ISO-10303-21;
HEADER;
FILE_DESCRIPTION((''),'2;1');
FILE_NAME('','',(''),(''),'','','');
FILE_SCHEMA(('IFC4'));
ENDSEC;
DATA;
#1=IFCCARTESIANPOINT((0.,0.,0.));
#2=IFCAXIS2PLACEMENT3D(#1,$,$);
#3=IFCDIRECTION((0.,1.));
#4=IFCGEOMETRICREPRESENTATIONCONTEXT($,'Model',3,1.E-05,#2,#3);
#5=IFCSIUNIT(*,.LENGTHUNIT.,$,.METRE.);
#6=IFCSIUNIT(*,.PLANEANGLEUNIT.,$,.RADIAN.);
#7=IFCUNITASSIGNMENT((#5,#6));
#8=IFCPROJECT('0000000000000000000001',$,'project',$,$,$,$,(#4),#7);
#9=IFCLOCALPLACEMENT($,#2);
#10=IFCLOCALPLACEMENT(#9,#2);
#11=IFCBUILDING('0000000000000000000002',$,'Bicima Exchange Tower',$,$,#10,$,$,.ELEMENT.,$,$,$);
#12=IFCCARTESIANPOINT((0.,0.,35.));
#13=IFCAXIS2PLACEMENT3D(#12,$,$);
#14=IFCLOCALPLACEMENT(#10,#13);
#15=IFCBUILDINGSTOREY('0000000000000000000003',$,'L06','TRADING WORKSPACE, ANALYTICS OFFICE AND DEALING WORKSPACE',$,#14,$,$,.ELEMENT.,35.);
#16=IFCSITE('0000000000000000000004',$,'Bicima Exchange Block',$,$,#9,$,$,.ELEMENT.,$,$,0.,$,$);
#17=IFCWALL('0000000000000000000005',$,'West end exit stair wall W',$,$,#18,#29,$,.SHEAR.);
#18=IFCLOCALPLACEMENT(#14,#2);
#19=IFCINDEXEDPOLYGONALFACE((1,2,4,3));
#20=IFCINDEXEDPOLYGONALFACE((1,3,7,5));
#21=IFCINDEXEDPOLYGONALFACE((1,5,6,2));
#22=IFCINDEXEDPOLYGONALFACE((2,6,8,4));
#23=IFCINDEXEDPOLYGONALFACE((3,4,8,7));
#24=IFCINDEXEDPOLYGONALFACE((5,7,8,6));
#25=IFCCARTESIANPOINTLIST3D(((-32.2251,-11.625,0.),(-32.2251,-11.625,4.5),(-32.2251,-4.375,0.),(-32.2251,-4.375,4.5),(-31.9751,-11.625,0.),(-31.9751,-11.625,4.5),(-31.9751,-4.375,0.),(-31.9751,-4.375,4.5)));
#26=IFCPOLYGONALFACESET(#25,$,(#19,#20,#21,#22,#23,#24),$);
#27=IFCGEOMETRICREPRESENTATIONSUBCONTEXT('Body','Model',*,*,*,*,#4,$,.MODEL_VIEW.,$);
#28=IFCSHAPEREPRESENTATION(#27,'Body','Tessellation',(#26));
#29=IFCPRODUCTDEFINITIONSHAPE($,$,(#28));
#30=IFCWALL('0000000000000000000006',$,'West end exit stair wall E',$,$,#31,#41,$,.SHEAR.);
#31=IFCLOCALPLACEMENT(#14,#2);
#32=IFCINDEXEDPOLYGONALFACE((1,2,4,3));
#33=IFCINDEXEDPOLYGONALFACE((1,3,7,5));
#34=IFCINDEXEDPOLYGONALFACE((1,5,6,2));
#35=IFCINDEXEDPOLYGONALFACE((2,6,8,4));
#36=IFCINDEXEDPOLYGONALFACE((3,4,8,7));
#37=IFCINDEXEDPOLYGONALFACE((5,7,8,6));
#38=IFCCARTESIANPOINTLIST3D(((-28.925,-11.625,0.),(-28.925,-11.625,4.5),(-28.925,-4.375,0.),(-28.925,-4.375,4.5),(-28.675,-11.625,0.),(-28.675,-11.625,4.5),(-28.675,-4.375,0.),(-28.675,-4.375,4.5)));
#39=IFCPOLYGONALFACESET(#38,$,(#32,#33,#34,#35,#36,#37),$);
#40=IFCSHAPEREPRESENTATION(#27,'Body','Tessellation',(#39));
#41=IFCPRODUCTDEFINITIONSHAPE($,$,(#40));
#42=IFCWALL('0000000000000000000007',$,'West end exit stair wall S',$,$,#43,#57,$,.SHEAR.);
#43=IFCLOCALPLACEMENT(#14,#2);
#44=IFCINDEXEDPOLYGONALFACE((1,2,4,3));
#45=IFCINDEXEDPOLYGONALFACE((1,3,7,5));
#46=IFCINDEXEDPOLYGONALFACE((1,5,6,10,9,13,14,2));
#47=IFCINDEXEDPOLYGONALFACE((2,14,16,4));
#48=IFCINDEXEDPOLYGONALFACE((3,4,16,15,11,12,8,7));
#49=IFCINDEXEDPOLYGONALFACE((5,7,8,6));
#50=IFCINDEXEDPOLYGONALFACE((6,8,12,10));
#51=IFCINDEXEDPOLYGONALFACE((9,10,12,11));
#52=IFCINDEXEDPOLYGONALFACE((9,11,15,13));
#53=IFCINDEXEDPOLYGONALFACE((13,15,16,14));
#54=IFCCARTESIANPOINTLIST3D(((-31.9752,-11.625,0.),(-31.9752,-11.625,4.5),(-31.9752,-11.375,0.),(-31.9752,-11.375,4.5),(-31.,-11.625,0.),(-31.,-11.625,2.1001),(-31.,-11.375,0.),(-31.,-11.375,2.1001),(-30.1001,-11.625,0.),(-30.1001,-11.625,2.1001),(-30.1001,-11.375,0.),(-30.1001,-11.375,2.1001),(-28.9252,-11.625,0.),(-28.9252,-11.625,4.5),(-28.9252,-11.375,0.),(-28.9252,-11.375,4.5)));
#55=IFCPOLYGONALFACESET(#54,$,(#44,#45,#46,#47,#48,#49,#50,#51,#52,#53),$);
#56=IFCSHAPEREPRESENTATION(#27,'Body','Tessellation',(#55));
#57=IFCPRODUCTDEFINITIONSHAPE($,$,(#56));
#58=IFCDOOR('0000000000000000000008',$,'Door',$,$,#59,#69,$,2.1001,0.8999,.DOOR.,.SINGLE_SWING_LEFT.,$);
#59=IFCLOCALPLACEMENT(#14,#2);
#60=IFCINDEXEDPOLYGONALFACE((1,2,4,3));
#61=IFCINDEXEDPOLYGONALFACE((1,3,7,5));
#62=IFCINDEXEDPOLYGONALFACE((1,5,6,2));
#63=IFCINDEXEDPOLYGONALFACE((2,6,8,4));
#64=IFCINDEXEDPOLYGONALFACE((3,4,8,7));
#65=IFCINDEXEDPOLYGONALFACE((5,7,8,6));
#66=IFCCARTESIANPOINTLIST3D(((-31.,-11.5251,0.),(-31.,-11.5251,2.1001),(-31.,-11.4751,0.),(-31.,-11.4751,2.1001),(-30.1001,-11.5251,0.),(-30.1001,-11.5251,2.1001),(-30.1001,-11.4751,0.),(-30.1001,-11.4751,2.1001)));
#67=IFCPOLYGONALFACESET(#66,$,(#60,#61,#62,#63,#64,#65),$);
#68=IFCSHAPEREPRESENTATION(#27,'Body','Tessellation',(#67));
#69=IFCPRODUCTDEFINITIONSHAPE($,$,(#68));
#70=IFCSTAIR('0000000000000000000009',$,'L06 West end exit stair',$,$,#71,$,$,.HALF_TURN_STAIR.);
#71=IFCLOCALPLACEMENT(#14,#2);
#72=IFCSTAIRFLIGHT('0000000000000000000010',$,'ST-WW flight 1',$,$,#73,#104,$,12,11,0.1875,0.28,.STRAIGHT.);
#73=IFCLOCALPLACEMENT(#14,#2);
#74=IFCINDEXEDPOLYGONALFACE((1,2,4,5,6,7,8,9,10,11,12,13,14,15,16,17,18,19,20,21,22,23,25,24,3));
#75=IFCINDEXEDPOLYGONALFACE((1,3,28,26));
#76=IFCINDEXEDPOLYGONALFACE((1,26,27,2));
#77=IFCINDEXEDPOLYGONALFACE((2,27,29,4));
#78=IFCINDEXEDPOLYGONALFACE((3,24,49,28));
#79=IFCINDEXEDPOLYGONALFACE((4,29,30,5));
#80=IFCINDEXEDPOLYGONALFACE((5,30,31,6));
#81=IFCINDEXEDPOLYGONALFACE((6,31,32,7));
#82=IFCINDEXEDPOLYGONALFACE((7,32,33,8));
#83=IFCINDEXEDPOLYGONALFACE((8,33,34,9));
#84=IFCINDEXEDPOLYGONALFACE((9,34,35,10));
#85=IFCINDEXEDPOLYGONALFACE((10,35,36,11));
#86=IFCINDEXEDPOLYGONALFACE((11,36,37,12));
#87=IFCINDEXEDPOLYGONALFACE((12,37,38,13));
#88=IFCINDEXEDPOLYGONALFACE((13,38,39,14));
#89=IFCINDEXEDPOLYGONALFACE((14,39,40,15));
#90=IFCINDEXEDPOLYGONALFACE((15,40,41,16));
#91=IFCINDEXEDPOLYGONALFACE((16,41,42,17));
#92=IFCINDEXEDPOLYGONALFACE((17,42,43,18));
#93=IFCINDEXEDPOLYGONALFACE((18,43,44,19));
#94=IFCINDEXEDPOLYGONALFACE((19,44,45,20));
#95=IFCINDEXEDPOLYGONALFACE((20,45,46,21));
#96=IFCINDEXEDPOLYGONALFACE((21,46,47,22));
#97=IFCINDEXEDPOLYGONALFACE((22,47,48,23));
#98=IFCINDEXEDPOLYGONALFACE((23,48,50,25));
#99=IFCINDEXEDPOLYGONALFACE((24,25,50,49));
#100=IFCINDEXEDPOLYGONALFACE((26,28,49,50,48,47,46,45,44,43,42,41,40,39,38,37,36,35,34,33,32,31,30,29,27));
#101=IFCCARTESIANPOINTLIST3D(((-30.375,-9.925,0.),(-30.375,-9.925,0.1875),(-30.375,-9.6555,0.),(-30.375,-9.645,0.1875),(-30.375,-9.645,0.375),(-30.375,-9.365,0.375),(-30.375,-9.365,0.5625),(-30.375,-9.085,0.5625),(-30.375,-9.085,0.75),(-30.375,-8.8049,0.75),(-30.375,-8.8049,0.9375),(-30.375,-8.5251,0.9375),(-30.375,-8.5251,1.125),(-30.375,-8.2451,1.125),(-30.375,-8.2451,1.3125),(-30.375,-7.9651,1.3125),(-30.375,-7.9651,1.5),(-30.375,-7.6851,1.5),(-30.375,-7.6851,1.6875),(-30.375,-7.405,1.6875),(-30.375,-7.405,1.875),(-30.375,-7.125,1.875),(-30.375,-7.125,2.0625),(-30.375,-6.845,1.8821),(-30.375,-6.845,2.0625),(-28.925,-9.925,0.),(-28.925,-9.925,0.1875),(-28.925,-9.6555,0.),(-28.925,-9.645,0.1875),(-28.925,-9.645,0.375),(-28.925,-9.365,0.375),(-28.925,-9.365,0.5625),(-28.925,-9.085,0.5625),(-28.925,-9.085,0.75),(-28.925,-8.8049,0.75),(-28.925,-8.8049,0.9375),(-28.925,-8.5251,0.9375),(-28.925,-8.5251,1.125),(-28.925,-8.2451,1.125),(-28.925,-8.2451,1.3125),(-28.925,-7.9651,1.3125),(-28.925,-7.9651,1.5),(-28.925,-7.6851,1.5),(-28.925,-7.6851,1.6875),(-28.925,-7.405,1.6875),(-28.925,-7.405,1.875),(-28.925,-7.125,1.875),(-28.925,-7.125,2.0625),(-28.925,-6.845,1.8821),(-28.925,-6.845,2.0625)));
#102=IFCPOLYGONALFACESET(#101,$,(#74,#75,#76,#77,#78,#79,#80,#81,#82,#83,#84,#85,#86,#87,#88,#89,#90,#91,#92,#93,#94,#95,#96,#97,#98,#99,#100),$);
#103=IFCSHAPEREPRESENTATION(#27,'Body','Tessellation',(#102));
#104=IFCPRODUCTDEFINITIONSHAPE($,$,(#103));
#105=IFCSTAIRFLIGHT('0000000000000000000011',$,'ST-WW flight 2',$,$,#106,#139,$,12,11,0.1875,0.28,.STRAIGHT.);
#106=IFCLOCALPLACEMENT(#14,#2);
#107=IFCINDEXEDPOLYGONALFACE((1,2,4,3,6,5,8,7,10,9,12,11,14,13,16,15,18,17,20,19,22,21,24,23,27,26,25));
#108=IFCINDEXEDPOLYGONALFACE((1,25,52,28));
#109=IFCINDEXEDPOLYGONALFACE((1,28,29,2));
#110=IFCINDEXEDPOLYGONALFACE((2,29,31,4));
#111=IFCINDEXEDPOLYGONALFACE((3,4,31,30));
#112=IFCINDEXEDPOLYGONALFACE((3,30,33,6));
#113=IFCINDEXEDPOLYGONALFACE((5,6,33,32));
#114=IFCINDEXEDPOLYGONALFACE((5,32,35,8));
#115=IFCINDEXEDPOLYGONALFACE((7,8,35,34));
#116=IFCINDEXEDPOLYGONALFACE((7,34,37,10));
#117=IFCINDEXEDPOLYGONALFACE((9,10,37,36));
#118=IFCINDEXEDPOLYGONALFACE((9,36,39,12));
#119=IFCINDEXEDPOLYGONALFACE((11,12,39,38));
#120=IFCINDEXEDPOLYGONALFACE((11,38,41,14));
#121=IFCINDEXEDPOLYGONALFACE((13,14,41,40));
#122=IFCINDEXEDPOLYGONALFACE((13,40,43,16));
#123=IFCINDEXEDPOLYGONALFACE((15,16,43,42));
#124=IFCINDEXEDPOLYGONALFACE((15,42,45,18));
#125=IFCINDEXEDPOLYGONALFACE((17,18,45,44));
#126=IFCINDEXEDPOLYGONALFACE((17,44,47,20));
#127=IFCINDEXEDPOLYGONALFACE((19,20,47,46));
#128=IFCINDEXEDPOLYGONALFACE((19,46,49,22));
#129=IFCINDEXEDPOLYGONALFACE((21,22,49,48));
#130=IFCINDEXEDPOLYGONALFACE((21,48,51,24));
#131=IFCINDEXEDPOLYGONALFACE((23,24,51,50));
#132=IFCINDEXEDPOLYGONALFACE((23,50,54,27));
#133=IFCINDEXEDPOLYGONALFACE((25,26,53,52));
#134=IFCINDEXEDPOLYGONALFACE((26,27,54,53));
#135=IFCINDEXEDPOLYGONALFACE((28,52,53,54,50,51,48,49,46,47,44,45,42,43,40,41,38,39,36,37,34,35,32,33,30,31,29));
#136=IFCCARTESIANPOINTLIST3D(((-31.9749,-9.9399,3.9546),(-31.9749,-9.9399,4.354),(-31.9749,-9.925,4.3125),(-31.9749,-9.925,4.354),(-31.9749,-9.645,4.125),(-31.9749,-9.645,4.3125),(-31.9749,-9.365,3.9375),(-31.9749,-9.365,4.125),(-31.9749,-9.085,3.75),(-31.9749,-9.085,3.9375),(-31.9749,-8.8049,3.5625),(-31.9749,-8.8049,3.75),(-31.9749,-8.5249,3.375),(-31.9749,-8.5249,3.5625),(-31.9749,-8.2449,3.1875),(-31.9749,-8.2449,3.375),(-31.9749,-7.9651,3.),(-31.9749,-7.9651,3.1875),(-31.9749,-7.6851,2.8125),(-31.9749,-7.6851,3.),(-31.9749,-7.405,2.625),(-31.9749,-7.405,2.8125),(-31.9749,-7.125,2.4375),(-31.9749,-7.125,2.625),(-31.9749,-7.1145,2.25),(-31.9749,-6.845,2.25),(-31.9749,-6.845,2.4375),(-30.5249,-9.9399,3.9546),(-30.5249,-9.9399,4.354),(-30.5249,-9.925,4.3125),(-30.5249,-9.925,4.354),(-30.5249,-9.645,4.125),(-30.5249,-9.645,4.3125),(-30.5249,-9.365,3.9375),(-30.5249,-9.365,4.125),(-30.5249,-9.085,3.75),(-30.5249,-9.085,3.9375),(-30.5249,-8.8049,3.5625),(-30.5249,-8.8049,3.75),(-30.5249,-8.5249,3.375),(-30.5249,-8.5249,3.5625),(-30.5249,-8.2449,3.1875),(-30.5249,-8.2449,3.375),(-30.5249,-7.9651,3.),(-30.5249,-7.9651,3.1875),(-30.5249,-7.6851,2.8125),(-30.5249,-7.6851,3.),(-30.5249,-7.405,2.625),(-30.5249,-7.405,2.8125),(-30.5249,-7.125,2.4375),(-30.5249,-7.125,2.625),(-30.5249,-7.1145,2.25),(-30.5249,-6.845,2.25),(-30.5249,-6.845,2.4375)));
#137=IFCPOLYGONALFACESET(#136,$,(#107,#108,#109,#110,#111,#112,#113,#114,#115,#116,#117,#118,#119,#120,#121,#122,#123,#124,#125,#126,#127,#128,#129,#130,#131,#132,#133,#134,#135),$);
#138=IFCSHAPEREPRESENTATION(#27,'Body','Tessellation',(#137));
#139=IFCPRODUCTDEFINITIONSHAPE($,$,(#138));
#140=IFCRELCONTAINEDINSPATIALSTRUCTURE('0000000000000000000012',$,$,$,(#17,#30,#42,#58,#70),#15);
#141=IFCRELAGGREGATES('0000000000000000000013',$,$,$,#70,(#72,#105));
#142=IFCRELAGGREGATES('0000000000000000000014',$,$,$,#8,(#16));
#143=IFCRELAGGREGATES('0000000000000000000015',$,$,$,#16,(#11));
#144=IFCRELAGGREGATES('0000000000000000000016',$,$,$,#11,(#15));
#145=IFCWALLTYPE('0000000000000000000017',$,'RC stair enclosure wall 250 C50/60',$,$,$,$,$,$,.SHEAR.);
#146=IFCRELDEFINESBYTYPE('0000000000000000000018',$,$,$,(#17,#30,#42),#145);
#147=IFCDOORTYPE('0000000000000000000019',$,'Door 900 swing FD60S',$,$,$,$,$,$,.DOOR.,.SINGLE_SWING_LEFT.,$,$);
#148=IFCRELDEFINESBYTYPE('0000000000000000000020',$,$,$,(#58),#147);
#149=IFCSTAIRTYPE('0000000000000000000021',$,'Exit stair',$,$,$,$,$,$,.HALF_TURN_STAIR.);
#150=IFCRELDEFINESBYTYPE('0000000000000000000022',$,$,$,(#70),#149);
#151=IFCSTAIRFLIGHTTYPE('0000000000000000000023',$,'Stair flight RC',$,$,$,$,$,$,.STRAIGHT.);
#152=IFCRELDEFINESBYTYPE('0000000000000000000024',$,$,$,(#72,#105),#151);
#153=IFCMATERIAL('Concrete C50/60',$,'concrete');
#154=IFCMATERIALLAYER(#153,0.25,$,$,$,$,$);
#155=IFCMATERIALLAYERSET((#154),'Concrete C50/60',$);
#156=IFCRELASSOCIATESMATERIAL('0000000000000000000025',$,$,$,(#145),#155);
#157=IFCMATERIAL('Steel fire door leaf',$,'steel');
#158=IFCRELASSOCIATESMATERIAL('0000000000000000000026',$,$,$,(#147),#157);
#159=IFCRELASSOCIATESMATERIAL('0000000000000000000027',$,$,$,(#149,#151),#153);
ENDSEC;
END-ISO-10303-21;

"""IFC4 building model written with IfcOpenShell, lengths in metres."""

from ifc_helpers import new_model, si_unit, direction, frame, frame_2d, origin, place, context, subcontext, project, spatial, polyline, rectangle, outline, extrude, material, layer, layer_set, type_object, element, fill, aggregate, save


model = new_model("IFC4")

# Units and contexts
model_context = context("Model", 3, precision=1e-05, world=origin(), true_north=direction((0.0, 1.0)))
body_context = subcontext(model_context, "Body", "Model", "MODEL_VIEW")
ifc_project = project(units=[si_unit("LENGTHUNIT", "METRE"), si_unit("PLANEANGLEUNIT", "RADIAN")], contexts=[model_context])

# Site, building, storey
site_placement = place(None, origin())
site = spatial("IfcSite", under=ifc_project, at=site_placement, Name="Bicima Exchange Block", CompositionType="ELEMENT", RefElevation=0.0)
building_placement = place(site_placement, origin())
building = spatial("IfcBuilding", under=site, at=building_placement, Name="Bicima Exchange Tower", CompositionType="ELEMENT")
storey_placement = place(building_placement, frame((0.0, 0.0, 35.0)))
storey = spatial("IfcBuildingStorey", under=building, at=storey_placement, Name="L06", Description="TRADING WORKSPACE, ANALYTICS OFFICE AND DEALING WORKSPACE", CompositionType="ELEMENT", Elevation=35.0)

# Shared definitions
ifc_material_1 = material(Name="Steel fire door leaf", Category="steel")

# Walls
ifc_material_2 = material(Name="Concrete C50/60", Category="concrete")
ifc_layer_1 = layer(ifc_material_2, 0.25)
ifc_layer_set_1 = layer_set([ifc_layer_1], Name="Concrete C50/60")
wall_type_1 = type_object("IfcWallType", Name="RC stair enclosure wall 250 C50/60", PredefinedType="SHEAR", material=ifc_layer_set_1)
for number, where, z_axis, x_axis, name in (
    (1, (-32.1001, -11.625, 0.0), (0.0, 0.0, 1.0), (0.0, 1.0, 0.0), "West end exit stair wall W"),
    (2, (-28.8, -11.625, 0.0), (0.0, 0.0, 1.0), (0.0, 1.0, 0.0), "West end exit stair wall E"),
):
    element("IfcWall", number, at=place(storey_placement, frame(where, z_axis=z_axis, x_axis=x_axis)), inside=storey, type_object=wall_type_1, Name=name, PredefinedType="SHEAR", context=body_context, shape_type="SweptSolid", body=[
        extrude(rectangle(XDim=7.25, YDim=0.25, at=frame_2d((3.625, 0.0))), origin(), (0.0, 0.0, 1.0), 4.5),
    ])

# Wall, opening, door
wall_1_placement = place(storey_placement, frame((-31.9751, -11.5, 0.0), z_axis=(0.0, 0.0, 1.0), x_axis=(1.0, 0.0, 0.0)))
wall_1 = element("IfcWall", 3, at=wall_1_placement, inside=storey, type_object=wall_type_1, Name="West end exit stair wall S", PredefinedType="SHEAR", context=body_context, shape_type="SweptSolid", body=[
    extrude(rectangle(XDim=3.05, YDim=0.25, at=frame_2d((1.5249, 0.0))), origin(), (0.0, 0.0, 1.0), 4.5),
])
opening_1_placement = place(wall_1_placement, frame((0.9751, 0.0, 0.0)))
opening_1 = element("IfcOpeningElement", 4, at=opening_1_placement, cuts=wall_1, PredefinedType="OPENING", context=body_context, shape_type="SweptSolid", body=[
    extrude(rectangle(XDim=0.8999, YDim=2.1001, at=frame_2d((0.45, 1.05))), frame((0.0, 0.137, 0.0), z_axis=(0.0, -1.0, 0.0), x_axis=(1.0, 0.0, 0.0)), (0.0, 0.0, 1.0), 0.2739),
])
door_type_1 = type_object("IfcDoorType", Name="Door 900 swing FD60S", OperationType="SINGLE_SWING_LEFT", PredefinedType="DOOR", material=ifc_material_1)
door_1_placement = place(opening_1_placement, origin())
door_1 = element("IfcDoor", 5, at=door_1_placement, inside=storey, type_object=door_type_1, Name="Door", OperationType="SINGLE_SWING_LEFT", OverallHeight=2.1001, OverallWidth=0.8999, PredefinedType="DOOR", context=body_context, shape_type="SweptSolid", body=[
    extrude(rectangle(XDim=0.8999, YDim=2.1001, at=frame_2d((0.45, 1.05))), frame((0.0, 0.0249, 0.0), z_axis=(0.0, -1.0, 0.0), x_axis=(1.0, 0.0, 0.0)), (0.0, 0.0, 1.0), 0.05),
])
fill(opening_1, door_1)

# Stair, stair flights
stair_type = type_object("IfcStairType", Name="Exit stair", PredefinedType="HALF_TURN_STAIR", material=ifc_material_2)
stair_placement = place(storey_placement, origin())
stair = element("IfcStair", 6, at=stair_placement, inside=storey, type_object=stair_type, Name="L06 West end exit stair", PredefinedType="HALF_TURN_STAIR")
stair_flight_type = type_object("IfcStairFlightType", Name="Stair flight RC", PredefinedType="STRAIGHT", material=ifc_material_2)
stair_flight_1_placement = place(storey_placement, frame((-29.6499, -9.925, 0.0), z_axis=(0.0, 0.0, 1.0), x_axis=(0.0, 1.0, 0.0)))
stair_flight_1 = element("IfcStairFlight", 7, at=stair_flight_1_placement, type_object=stair_flight_type, Name="ST-WW flight 1", NumberOfRisers=12, NumberOfTreads=11, PredefinedType="STRAIGHT", RiserHeight=0.1875, TreadLength=0.28, context=body_context, shape_type="SweptSolid", body=[
    extrude(outline(polyline([(0.0, 0.0), (0.0, 0.1875), (0.28, 0.1875), (0.28, 0.375), (0.5601, 0.375), (0.5601, 0.5625), (0.8401, 0.5625), (0.8401, 0.75), (1.1201, 0.75), (1.1201, 0.9375), (1.3999, 0.9375), (1.3999, 1.125), (1.6799, 1.125), (1.6799, 1.3125), (1.96, 1.3125), (1.96, 1.5), (2.24, 1.5), (2.24, 1.6875), (2.52, 1.6875), (2.52, 1.875), (2.8, 1.875), (2.8, 2.0625), (3.0801, 2.0625), (3.0801, 2.25), (3.0801, 1.8821), (0.2695, 0.0), (0.0, 0.0)])), frame((0.0, 0.7251, 0.0), z_axis=(0.0, -1.0, 0.0), x_axis=(1.0, 0.0, 0.0)), (0.0, 0.0, 1.0), 1.45),
])
stair_flight_2_placement = place(storey_placement, frame((-31.25, -6.845, 2.25), z_axis=(0.0, 0.0, 1.0), x_axis=(0.0, -1.0, 0.0)))
stair_flight_2 = element("IfcStairFlight", 8, at=stair_flight_2_placement, type_object=stair_flight_type, Name="ST-WW flight 2", NumberOfRisers=12, NumberOfTreads=11, PredefinedType="STRAIGHT", RiserHeight=0.1875, TreadLength=0.28, context=body_context, shape_type="SweptSolid", body=[
    extrude(outline(polyline([(0.0, 0.0), (0.0, 0.1875), (0.28, 0.1875), (0.28, 0.375), (0.5601, 0.375), (0.5601, 0.5625), (0.8401, 0.5625), (0.8401, 0.75), (1.1201, 0.75), (1.1201, 0.9375), (1.3999, 0.9375), (1.3999, 1.125), (1.6799, 1.125), (1.6799, 1.3125), (1.96, 1.3125), (1.96, 1.5), (2.24, 1.5), (2.24, 1.6875), (2.52, 1.6875), (2.52, 1.875), (2.8, 1.875), (2.8, 2.0625), (3.0801, 2.0625), (3.0801, 2.104), (3.095, 2.104), (3.095, 1.7046), (0.2695, 0.0), (0.0, 0.0)])), frame((0.0, 0.7251, 0.0), z_axis=(0.0, -1.0, 0.0), x_axis=(1.0, 0.0, 0.0)), (0.0, 0.0, 1.0), 1.45),
])
aggregate(stair, [stair_flight_1, stair_flight_2])

save(model, "model.ifc")
